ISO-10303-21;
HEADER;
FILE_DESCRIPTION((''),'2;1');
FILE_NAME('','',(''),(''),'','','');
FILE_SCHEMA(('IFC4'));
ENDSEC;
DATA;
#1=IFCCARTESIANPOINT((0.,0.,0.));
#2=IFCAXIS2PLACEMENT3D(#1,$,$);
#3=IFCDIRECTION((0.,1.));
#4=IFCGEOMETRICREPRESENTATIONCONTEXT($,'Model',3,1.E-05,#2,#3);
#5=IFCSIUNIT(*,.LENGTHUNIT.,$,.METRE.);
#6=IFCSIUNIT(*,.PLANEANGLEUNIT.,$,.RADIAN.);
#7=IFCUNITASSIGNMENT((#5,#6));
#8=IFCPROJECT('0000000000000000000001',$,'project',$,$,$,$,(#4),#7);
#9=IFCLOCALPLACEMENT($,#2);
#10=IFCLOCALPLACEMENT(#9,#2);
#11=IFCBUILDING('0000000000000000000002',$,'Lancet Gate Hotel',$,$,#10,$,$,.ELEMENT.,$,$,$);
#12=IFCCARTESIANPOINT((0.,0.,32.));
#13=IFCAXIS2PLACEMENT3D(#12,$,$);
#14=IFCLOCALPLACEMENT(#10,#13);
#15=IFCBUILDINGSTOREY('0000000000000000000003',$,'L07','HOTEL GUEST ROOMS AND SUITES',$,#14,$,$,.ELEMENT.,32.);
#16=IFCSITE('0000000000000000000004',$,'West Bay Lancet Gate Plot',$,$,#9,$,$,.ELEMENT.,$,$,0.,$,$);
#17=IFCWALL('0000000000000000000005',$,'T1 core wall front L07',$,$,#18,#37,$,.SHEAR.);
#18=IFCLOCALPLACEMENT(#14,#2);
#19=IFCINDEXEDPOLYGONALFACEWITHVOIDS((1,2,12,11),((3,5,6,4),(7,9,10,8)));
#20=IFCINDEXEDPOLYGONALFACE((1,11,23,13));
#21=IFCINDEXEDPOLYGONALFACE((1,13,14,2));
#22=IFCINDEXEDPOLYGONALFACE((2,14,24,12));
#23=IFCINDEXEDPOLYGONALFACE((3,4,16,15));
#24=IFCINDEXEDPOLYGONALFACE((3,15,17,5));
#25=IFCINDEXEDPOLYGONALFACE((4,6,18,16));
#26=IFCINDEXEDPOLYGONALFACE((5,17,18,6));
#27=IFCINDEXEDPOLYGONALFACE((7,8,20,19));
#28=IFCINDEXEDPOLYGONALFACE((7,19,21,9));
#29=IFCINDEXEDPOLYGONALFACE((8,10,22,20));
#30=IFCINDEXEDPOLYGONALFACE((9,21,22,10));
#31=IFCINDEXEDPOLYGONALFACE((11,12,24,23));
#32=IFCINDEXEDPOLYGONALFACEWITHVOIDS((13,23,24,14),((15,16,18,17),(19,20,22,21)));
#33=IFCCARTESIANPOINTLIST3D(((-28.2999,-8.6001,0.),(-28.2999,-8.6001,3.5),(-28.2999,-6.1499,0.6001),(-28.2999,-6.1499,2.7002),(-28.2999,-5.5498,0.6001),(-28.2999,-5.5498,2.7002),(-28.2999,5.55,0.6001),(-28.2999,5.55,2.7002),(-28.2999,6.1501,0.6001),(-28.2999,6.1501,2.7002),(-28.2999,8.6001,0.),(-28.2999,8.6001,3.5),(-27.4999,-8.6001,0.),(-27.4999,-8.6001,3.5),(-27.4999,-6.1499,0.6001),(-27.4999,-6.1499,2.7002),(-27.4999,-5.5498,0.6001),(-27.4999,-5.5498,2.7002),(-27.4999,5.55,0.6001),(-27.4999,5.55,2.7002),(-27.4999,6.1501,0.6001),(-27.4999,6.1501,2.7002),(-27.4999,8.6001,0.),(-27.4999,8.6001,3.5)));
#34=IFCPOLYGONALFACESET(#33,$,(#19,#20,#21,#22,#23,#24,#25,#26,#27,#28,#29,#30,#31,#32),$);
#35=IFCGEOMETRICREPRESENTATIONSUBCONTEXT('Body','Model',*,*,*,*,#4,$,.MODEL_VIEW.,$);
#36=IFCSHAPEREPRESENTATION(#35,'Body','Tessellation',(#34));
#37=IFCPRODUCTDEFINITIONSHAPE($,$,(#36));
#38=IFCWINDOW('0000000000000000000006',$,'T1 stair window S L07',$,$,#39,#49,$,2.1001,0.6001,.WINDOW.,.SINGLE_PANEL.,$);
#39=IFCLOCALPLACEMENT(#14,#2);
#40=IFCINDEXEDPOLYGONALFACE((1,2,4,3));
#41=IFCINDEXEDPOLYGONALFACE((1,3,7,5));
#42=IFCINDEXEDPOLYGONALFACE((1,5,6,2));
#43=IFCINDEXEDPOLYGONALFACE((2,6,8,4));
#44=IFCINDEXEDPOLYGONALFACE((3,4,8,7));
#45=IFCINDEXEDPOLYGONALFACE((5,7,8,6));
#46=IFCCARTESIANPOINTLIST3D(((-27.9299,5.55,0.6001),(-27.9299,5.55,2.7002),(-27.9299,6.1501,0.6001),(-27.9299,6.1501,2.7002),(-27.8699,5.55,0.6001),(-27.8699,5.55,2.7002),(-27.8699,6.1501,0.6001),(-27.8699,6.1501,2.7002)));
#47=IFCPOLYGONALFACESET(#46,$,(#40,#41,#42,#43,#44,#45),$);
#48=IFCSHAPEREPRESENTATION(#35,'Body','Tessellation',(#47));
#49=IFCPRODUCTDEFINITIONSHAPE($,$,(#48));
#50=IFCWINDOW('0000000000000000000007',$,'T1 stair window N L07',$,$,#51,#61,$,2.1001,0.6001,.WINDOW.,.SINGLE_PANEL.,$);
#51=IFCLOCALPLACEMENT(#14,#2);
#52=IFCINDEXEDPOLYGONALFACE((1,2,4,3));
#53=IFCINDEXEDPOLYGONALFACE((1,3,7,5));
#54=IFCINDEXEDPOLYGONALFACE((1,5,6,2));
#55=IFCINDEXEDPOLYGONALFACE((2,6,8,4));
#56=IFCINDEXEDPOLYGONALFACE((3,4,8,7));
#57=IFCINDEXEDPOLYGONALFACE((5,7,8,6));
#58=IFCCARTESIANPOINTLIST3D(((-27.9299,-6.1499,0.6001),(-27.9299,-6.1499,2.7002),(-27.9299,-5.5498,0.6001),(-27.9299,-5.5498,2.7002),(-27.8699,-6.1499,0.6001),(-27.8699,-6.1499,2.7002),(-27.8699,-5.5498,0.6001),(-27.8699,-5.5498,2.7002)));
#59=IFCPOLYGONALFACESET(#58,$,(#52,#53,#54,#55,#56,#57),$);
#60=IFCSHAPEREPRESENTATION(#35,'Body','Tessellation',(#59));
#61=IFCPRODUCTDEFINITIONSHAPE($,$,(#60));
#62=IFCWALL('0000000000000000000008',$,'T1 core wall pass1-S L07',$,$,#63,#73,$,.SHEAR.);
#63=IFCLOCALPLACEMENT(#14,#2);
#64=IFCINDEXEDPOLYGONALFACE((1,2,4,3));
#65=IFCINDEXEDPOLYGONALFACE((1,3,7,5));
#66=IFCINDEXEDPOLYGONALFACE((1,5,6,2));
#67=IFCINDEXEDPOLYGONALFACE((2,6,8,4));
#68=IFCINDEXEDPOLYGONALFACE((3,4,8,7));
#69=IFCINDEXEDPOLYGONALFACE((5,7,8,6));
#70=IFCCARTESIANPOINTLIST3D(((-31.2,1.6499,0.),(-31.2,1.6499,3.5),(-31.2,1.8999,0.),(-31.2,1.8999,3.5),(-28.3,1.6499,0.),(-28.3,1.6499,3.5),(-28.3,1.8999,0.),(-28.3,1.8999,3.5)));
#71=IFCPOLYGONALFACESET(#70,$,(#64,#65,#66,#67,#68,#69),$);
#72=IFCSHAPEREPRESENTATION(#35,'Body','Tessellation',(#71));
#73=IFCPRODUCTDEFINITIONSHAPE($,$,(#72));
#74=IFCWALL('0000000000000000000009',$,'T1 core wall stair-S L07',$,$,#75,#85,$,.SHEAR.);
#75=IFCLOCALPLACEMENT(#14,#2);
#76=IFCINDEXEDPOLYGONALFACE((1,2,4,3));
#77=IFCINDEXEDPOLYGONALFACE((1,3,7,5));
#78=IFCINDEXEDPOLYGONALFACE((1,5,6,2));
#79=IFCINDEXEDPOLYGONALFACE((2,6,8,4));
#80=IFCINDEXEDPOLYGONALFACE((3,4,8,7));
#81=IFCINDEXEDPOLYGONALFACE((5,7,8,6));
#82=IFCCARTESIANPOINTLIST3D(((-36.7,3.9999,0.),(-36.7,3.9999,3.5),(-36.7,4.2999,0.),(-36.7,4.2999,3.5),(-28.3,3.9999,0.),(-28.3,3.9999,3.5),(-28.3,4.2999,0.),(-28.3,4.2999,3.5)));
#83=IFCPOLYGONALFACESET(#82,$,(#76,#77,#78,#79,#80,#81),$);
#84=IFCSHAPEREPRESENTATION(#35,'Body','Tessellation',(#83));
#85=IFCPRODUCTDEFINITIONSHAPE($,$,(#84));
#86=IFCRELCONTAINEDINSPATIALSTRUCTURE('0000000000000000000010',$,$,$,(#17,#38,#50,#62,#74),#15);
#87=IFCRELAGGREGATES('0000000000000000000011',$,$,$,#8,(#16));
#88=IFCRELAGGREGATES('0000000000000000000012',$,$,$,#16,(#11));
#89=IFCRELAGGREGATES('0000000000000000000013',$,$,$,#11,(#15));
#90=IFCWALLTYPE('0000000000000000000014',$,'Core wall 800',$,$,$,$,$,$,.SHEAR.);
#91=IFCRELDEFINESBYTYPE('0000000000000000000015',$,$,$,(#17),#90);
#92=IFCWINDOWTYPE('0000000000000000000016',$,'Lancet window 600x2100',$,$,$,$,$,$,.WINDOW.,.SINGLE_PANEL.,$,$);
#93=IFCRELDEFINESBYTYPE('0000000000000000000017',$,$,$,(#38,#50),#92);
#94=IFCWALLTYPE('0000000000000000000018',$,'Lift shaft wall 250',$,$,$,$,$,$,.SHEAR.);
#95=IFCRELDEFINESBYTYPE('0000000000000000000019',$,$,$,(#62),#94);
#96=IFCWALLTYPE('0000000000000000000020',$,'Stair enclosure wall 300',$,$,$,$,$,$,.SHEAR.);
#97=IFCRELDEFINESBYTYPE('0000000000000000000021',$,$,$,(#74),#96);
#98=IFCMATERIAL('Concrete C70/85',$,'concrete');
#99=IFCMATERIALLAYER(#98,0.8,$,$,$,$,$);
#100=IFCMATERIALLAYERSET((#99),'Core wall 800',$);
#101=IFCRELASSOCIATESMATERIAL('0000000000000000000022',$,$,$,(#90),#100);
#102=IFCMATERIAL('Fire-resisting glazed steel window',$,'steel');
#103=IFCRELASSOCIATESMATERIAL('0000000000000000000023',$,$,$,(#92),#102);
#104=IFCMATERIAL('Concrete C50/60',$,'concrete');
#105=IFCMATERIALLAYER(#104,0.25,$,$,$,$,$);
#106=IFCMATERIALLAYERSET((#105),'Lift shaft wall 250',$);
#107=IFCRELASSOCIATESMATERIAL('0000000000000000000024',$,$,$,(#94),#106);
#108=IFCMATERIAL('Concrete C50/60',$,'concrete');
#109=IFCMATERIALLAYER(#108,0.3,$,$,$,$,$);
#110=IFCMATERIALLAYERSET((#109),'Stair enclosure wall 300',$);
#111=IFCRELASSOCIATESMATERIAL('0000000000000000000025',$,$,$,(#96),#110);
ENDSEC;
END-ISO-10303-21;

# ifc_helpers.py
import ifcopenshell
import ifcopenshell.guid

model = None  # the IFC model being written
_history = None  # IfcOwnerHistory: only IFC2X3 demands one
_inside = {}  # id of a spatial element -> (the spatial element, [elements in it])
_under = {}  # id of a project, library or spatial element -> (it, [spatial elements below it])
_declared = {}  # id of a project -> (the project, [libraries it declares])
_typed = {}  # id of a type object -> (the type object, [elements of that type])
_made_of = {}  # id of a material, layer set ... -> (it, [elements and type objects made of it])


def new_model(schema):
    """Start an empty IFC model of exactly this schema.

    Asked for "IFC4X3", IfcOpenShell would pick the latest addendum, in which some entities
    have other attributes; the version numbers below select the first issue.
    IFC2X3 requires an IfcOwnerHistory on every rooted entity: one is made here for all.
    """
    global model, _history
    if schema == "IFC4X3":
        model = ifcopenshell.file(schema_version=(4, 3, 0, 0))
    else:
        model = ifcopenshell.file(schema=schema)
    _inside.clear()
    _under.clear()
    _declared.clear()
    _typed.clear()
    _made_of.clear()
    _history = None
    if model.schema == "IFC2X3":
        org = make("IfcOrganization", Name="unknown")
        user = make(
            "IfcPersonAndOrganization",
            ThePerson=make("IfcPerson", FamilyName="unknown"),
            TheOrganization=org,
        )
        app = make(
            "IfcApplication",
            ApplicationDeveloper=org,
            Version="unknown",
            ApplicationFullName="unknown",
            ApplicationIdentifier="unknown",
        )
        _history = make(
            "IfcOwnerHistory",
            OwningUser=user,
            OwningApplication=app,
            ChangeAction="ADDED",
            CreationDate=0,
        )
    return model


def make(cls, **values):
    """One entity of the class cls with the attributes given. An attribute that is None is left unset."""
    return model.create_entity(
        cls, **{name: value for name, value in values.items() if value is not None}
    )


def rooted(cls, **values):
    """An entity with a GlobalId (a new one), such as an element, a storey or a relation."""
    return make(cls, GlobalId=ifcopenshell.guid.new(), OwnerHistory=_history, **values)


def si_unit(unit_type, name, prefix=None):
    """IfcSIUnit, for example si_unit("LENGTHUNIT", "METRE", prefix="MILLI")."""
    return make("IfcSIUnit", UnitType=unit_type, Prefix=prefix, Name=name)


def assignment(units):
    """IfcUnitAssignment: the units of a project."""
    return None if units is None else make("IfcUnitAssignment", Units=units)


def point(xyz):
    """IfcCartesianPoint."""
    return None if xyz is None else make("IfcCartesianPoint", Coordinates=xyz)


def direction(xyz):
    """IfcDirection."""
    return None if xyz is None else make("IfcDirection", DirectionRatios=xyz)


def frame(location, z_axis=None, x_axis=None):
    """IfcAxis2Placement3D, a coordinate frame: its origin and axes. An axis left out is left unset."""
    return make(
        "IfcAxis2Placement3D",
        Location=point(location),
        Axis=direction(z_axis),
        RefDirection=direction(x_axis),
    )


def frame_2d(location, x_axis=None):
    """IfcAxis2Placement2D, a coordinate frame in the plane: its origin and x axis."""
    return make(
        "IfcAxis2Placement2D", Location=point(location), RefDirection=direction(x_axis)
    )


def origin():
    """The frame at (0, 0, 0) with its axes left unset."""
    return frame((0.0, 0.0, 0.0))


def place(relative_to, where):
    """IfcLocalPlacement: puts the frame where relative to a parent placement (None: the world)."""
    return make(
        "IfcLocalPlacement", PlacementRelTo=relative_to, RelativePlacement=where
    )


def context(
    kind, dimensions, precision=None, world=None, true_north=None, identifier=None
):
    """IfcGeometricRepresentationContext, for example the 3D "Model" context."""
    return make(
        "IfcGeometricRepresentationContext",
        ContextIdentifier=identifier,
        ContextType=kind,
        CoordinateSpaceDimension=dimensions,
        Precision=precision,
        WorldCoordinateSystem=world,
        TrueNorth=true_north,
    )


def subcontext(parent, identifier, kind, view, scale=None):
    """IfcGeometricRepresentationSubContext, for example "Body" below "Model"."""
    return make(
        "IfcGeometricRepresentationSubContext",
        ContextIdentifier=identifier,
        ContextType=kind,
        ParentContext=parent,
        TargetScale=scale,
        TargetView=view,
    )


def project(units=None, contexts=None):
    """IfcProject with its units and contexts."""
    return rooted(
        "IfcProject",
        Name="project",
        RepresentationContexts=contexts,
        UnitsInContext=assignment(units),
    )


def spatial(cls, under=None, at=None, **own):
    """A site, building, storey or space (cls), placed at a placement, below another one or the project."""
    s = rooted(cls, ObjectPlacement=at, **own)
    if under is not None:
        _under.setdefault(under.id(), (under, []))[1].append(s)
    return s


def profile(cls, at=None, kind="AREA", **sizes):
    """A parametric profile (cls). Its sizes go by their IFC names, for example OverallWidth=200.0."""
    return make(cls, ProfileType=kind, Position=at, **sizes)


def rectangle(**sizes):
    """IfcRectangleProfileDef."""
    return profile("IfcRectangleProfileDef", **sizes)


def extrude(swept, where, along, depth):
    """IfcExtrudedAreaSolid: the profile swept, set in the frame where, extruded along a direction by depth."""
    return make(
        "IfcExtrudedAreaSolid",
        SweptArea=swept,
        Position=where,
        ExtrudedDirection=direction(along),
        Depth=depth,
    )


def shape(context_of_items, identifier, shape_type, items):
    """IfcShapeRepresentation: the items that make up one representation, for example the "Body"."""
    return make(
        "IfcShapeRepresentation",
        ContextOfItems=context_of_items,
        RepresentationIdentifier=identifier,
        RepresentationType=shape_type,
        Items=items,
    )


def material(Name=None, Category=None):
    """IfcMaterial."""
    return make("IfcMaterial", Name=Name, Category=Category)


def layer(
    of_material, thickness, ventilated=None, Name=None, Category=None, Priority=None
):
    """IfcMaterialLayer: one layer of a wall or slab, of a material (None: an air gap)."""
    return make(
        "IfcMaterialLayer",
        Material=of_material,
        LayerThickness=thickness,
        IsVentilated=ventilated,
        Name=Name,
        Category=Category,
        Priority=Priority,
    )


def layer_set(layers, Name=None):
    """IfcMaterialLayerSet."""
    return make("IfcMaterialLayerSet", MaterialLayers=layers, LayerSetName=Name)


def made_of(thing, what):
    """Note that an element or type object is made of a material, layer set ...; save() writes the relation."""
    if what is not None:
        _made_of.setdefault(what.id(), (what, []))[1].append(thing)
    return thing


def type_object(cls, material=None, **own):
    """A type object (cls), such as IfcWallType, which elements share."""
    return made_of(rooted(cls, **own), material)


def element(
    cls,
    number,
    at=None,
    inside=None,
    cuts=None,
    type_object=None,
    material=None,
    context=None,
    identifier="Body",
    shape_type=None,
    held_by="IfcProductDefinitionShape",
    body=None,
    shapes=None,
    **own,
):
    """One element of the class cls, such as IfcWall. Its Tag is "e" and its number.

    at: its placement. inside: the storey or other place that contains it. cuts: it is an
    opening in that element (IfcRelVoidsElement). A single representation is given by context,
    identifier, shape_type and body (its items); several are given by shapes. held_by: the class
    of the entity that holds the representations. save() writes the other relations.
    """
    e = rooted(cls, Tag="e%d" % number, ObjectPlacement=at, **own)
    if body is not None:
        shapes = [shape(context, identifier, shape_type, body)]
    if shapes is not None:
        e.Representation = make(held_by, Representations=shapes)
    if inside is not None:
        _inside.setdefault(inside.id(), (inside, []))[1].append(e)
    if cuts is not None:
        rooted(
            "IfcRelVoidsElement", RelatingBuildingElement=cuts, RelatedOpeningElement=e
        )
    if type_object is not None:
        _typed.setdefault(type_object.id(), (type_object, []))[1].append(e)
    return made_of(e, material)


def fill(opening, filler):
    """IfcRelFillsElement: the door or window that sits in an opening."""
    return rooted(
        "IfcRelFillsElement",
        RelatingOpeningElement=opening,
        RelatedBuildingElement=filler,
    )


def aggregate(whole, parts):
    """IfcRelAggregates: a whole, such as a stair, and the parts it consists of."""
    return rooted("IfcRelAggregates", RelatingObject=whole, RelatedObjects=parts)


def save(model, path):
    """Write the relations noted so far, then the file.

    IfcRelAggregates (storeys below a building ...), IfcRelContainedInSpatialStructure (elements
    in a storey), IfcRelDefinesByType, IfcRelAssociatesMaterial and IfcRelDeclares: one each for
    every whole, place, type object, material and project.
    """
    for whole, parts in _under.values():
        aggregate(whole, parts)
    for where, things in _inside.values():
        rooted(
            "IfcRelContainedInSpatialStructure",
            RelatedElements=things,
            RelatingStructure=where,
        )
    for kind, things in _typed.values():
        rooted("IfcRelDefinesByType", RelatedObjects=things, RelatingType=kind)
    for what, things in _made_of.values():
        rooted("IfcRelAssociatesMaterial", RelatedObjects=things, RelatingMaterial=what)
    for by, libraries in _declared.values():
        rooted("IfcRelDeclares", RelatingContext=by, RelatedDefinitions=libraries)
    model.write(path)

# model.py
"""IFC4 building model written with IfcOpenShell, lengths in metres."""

from ifc_helpers import new_model, si_unit, direction, frame, frame_2d, origin, place, context, subcontext, project, spatial, rectangle, extrude, material, layer, layer_set, type_object, element, fill, save


model = new_model("IFC4")

# Units and contexts
model_context = context("Model", 3, precision=1e-05, world=origin(), true_north=direction((0.0, 1.0)))
body_context = subcontext(model_context, "Body", "Model", "MODEL_VIEW")
ifc_project = project(units=[si_unit("LENGTHUNIT", "METRE"), si_unit("PLANEANGLEUNIT", "RADIAN")], contexts=[model_context])

# Site, building, storey
site_placement = place(None, origin())
site = spatial("IfcSite", under=ifc_project, at=site_placement, Name="West Bay Lancet Gate Plot", CompositionType="ELEMENT", RefElevation=0.0)
building_placement = place(site_placement, origin())
building = spatial("IfcBuilding", under=site, at=building_placement, Name="Lancet Gate Hotel", CompositionType="ELEMENT")
storey_placement = place(building_placement, frame((0.0, 0.0, 32.0)))
storey = spatial("IfcBuildingStorey", under=building, at=storey_placement, Name="L07", Description="HOTEL GUEST ROOMS AND SUITES", CompositionType="ELEMENT", Elevation=32.0)

# Wall, openings, windows
ifc_material_1 = material(Name="Concrete C70/85", Category="concrete")
ifc_layer_1 = layer(ifc_material_1, 0.8)
ifc_layer_set_1 = layer_set([ifc_layer_1], Name="Core wall 800")
wall_type_1 = type_object("IfcWallType", Name="Core wall 800", PredefinedType="SHEAR", material=ifc_layer_set_1)
wall_1_placement = place(storey_placement, frame((-27.8999, 8.6001, 0.0), z_axis=(0.0, 0.0, 1.0), x_axis=(0.0, -1.0, 0.0)))
wall_1 = element("IfcWall", 1, at=wall_1_placement, inside=storey, type_object=wall_type_1, Name="T1 core wall front L07", PredefinedType="SHEAR", context=body_context, shape_type="SweptSolid", body=[
    extrude(rectangle(XDim=17.2002, YDim=0.8, at=frame_2d((8.6001, 0.0))), origin(), (0.0, 0.0, 1.0), 3.5),
])
opening_1_placement = place(wall_1_placement, frame((2.45, 0.0, 0.6001)))
opening_1 = element("IfcOpeningElement", 2, at=opening_1_placement, cuts=wall_1, PredefinedType="OPENING", context=body_context, shape_type="SweptSolid", body=[
    extrude(rectangle(XDim=0.6001, YDim=2.1001, at=frame_2d((0.3, 1.05))), frame((0.0, 0.4099, 0.0), z_axis=(0.0, -1.0, 0.0), x_axis=(1.0, 0.0, 0.0)), (0.0, 0.0, 1.0), 0.8201),
])
opening_2_placement = place(wall_1_placement, frame((14.1499, 0.0, 0.6001)))
opening_2 = element("IfcOpeningElement", 3, at=opening_2_placement, cuts=wall_1, PredefinedType="OPENING", context=body_context, shape_type="SweptSolid", body=[
    extrude(rectangle(XDim=0.6001, YDim=2.1001, at=frame_2d((0.3, 1.05))), frame((0.0, 0.4099, 0.0), z_axis=(0.0, -1.0, 0.0), x_axis=(1.0, 0.0, 0.0)), (0.0, 0.0, 1.0), 0.8201),
])
ifc_material_2 = material(Name="Fire-resisting glazed steel window", Category="steel")
window_type = type_object("IfcWindowType", Name="Lancet window 600x2100", PartitioningType="SINGLE_PANEL", PredefinedType="WINDOW", material=ifc_material_2)
window_1_placement = place(opening_1_placement, origin())
window_1 = element("IfcWindow", 4, at=window_1_placement, inside=storey, type_object=window_type, Name="T1 stair window S L07", OverallHeight=2.1001, OverallWidth=0.6001, PartitioningType="SINGLE_PANEL", PredefinedType="WINDOW", context=body_context, shape_type="SweptSolid", body=[
    extrude(rectangle(XDim=0.6001, YDim=2.1001, at=frame_2d((0.3, 1.05))), frame((0.0, 0.03, 0.0), z_axis=(0.0, -1.0, 0.0), x_axis=(1.0, 0.0, 0.0)), (0.0, 0.0, 1.0), 0.0601),
])
fill(opening_1, window_1)
window_2_placement = place(opening_2_placement, origin())
window_2 = element("IfcWindow", 5, at=window_2_placement, inside=storey, type_object=window_type, Name="T1 stair window N L07", OverallHeight=2.1001, OverallWidth=0.6001, PartitioningType="SINGLE_PANEL", PredefinedType="WINDOW", context=body_context, shape_type="SweptSolid", body=[
    extrude(rectangle(XDim=0.6001, YDim=2.1001, at=frame_2d((0.3, 1.05))), frame((0.0, 0.03, 0.0), z_axis=(0.0, -1.0, 0.0), x_axis=(1.0, 0.0, 0.0)), (0.0, 0.0, 1.0), 0.0601),
])
fill(opening_2, window_2)

# Walls
ifc_material_3 = material(Name="Concrete C50/60", Category="concrete")
ifc_layer_2 = layer(ifc_material_3, 0.25)
ifc_layer_set_2 = layer_set([ifc_layer_2], Name="Lift shaft wall 250")
wall_type_2 = type_object("IfcWallType", Name="Lift shaft wall 250", PredefinedType="SHEAR", material=ifc_layer_set_2)
wall_2_placement = place(storey_placement, frame((-28.3, 1.7749, 0.0), z_axis=(0.0, 0.0, 1.0), x_axis=(-1.0, 0.0, 0.0)))
element("IfcWall", 6, at=wall_2_placement, inside=storey, type_object=wall_type_2, Name="T1 core wall pass1-S L07", PredefinedType="SHEAR", context=body_context, shape_type="SweptSolid", body=[
    extrude(rectangle(XDim=2.8999, YDim=0.25, at=frame_2d((1.45, 0.0))), origin(), (0.0, 0.0, 1.0), 3.5),
])
ifc_material_4 = material(Name="Concrete C50/60", Category="concrete")
ifc_layer_3 = layer(ifc_material_4, 0.3)
ifc_layer_set_3 = layer_set([ifc_layer_3], Name="Stair enclosure wall 300")
wall_type_3 = type_object("IfcWallType", Name="Stair enclosure wall 300", PredefinedType="SHEAR", material=ifc_layer_set_3)
wall_3_placement = place(storey_placement, frame((-28.3, 4.1499, 0.0), z_axis=(0.0, 0.0, 1.0), x_axis=(-1.0, 0.0, 0.0)))
element("IfcWall", 7, at=wall_3_placement, inside=storey, type_object=wall_type_3, Name="T1 core wall stair-S L07", PredefinedType="SHEAR", context=body_context, shape_type="SweptSolid", body=[
    extrude(rectangle(XDim=8.3999, YDim=0.3, at=frame_2d((4.2, 0.0))), origin(), (0.0, 0.0, 1.0), 3.5),
])

save(model, "model.ifc")
